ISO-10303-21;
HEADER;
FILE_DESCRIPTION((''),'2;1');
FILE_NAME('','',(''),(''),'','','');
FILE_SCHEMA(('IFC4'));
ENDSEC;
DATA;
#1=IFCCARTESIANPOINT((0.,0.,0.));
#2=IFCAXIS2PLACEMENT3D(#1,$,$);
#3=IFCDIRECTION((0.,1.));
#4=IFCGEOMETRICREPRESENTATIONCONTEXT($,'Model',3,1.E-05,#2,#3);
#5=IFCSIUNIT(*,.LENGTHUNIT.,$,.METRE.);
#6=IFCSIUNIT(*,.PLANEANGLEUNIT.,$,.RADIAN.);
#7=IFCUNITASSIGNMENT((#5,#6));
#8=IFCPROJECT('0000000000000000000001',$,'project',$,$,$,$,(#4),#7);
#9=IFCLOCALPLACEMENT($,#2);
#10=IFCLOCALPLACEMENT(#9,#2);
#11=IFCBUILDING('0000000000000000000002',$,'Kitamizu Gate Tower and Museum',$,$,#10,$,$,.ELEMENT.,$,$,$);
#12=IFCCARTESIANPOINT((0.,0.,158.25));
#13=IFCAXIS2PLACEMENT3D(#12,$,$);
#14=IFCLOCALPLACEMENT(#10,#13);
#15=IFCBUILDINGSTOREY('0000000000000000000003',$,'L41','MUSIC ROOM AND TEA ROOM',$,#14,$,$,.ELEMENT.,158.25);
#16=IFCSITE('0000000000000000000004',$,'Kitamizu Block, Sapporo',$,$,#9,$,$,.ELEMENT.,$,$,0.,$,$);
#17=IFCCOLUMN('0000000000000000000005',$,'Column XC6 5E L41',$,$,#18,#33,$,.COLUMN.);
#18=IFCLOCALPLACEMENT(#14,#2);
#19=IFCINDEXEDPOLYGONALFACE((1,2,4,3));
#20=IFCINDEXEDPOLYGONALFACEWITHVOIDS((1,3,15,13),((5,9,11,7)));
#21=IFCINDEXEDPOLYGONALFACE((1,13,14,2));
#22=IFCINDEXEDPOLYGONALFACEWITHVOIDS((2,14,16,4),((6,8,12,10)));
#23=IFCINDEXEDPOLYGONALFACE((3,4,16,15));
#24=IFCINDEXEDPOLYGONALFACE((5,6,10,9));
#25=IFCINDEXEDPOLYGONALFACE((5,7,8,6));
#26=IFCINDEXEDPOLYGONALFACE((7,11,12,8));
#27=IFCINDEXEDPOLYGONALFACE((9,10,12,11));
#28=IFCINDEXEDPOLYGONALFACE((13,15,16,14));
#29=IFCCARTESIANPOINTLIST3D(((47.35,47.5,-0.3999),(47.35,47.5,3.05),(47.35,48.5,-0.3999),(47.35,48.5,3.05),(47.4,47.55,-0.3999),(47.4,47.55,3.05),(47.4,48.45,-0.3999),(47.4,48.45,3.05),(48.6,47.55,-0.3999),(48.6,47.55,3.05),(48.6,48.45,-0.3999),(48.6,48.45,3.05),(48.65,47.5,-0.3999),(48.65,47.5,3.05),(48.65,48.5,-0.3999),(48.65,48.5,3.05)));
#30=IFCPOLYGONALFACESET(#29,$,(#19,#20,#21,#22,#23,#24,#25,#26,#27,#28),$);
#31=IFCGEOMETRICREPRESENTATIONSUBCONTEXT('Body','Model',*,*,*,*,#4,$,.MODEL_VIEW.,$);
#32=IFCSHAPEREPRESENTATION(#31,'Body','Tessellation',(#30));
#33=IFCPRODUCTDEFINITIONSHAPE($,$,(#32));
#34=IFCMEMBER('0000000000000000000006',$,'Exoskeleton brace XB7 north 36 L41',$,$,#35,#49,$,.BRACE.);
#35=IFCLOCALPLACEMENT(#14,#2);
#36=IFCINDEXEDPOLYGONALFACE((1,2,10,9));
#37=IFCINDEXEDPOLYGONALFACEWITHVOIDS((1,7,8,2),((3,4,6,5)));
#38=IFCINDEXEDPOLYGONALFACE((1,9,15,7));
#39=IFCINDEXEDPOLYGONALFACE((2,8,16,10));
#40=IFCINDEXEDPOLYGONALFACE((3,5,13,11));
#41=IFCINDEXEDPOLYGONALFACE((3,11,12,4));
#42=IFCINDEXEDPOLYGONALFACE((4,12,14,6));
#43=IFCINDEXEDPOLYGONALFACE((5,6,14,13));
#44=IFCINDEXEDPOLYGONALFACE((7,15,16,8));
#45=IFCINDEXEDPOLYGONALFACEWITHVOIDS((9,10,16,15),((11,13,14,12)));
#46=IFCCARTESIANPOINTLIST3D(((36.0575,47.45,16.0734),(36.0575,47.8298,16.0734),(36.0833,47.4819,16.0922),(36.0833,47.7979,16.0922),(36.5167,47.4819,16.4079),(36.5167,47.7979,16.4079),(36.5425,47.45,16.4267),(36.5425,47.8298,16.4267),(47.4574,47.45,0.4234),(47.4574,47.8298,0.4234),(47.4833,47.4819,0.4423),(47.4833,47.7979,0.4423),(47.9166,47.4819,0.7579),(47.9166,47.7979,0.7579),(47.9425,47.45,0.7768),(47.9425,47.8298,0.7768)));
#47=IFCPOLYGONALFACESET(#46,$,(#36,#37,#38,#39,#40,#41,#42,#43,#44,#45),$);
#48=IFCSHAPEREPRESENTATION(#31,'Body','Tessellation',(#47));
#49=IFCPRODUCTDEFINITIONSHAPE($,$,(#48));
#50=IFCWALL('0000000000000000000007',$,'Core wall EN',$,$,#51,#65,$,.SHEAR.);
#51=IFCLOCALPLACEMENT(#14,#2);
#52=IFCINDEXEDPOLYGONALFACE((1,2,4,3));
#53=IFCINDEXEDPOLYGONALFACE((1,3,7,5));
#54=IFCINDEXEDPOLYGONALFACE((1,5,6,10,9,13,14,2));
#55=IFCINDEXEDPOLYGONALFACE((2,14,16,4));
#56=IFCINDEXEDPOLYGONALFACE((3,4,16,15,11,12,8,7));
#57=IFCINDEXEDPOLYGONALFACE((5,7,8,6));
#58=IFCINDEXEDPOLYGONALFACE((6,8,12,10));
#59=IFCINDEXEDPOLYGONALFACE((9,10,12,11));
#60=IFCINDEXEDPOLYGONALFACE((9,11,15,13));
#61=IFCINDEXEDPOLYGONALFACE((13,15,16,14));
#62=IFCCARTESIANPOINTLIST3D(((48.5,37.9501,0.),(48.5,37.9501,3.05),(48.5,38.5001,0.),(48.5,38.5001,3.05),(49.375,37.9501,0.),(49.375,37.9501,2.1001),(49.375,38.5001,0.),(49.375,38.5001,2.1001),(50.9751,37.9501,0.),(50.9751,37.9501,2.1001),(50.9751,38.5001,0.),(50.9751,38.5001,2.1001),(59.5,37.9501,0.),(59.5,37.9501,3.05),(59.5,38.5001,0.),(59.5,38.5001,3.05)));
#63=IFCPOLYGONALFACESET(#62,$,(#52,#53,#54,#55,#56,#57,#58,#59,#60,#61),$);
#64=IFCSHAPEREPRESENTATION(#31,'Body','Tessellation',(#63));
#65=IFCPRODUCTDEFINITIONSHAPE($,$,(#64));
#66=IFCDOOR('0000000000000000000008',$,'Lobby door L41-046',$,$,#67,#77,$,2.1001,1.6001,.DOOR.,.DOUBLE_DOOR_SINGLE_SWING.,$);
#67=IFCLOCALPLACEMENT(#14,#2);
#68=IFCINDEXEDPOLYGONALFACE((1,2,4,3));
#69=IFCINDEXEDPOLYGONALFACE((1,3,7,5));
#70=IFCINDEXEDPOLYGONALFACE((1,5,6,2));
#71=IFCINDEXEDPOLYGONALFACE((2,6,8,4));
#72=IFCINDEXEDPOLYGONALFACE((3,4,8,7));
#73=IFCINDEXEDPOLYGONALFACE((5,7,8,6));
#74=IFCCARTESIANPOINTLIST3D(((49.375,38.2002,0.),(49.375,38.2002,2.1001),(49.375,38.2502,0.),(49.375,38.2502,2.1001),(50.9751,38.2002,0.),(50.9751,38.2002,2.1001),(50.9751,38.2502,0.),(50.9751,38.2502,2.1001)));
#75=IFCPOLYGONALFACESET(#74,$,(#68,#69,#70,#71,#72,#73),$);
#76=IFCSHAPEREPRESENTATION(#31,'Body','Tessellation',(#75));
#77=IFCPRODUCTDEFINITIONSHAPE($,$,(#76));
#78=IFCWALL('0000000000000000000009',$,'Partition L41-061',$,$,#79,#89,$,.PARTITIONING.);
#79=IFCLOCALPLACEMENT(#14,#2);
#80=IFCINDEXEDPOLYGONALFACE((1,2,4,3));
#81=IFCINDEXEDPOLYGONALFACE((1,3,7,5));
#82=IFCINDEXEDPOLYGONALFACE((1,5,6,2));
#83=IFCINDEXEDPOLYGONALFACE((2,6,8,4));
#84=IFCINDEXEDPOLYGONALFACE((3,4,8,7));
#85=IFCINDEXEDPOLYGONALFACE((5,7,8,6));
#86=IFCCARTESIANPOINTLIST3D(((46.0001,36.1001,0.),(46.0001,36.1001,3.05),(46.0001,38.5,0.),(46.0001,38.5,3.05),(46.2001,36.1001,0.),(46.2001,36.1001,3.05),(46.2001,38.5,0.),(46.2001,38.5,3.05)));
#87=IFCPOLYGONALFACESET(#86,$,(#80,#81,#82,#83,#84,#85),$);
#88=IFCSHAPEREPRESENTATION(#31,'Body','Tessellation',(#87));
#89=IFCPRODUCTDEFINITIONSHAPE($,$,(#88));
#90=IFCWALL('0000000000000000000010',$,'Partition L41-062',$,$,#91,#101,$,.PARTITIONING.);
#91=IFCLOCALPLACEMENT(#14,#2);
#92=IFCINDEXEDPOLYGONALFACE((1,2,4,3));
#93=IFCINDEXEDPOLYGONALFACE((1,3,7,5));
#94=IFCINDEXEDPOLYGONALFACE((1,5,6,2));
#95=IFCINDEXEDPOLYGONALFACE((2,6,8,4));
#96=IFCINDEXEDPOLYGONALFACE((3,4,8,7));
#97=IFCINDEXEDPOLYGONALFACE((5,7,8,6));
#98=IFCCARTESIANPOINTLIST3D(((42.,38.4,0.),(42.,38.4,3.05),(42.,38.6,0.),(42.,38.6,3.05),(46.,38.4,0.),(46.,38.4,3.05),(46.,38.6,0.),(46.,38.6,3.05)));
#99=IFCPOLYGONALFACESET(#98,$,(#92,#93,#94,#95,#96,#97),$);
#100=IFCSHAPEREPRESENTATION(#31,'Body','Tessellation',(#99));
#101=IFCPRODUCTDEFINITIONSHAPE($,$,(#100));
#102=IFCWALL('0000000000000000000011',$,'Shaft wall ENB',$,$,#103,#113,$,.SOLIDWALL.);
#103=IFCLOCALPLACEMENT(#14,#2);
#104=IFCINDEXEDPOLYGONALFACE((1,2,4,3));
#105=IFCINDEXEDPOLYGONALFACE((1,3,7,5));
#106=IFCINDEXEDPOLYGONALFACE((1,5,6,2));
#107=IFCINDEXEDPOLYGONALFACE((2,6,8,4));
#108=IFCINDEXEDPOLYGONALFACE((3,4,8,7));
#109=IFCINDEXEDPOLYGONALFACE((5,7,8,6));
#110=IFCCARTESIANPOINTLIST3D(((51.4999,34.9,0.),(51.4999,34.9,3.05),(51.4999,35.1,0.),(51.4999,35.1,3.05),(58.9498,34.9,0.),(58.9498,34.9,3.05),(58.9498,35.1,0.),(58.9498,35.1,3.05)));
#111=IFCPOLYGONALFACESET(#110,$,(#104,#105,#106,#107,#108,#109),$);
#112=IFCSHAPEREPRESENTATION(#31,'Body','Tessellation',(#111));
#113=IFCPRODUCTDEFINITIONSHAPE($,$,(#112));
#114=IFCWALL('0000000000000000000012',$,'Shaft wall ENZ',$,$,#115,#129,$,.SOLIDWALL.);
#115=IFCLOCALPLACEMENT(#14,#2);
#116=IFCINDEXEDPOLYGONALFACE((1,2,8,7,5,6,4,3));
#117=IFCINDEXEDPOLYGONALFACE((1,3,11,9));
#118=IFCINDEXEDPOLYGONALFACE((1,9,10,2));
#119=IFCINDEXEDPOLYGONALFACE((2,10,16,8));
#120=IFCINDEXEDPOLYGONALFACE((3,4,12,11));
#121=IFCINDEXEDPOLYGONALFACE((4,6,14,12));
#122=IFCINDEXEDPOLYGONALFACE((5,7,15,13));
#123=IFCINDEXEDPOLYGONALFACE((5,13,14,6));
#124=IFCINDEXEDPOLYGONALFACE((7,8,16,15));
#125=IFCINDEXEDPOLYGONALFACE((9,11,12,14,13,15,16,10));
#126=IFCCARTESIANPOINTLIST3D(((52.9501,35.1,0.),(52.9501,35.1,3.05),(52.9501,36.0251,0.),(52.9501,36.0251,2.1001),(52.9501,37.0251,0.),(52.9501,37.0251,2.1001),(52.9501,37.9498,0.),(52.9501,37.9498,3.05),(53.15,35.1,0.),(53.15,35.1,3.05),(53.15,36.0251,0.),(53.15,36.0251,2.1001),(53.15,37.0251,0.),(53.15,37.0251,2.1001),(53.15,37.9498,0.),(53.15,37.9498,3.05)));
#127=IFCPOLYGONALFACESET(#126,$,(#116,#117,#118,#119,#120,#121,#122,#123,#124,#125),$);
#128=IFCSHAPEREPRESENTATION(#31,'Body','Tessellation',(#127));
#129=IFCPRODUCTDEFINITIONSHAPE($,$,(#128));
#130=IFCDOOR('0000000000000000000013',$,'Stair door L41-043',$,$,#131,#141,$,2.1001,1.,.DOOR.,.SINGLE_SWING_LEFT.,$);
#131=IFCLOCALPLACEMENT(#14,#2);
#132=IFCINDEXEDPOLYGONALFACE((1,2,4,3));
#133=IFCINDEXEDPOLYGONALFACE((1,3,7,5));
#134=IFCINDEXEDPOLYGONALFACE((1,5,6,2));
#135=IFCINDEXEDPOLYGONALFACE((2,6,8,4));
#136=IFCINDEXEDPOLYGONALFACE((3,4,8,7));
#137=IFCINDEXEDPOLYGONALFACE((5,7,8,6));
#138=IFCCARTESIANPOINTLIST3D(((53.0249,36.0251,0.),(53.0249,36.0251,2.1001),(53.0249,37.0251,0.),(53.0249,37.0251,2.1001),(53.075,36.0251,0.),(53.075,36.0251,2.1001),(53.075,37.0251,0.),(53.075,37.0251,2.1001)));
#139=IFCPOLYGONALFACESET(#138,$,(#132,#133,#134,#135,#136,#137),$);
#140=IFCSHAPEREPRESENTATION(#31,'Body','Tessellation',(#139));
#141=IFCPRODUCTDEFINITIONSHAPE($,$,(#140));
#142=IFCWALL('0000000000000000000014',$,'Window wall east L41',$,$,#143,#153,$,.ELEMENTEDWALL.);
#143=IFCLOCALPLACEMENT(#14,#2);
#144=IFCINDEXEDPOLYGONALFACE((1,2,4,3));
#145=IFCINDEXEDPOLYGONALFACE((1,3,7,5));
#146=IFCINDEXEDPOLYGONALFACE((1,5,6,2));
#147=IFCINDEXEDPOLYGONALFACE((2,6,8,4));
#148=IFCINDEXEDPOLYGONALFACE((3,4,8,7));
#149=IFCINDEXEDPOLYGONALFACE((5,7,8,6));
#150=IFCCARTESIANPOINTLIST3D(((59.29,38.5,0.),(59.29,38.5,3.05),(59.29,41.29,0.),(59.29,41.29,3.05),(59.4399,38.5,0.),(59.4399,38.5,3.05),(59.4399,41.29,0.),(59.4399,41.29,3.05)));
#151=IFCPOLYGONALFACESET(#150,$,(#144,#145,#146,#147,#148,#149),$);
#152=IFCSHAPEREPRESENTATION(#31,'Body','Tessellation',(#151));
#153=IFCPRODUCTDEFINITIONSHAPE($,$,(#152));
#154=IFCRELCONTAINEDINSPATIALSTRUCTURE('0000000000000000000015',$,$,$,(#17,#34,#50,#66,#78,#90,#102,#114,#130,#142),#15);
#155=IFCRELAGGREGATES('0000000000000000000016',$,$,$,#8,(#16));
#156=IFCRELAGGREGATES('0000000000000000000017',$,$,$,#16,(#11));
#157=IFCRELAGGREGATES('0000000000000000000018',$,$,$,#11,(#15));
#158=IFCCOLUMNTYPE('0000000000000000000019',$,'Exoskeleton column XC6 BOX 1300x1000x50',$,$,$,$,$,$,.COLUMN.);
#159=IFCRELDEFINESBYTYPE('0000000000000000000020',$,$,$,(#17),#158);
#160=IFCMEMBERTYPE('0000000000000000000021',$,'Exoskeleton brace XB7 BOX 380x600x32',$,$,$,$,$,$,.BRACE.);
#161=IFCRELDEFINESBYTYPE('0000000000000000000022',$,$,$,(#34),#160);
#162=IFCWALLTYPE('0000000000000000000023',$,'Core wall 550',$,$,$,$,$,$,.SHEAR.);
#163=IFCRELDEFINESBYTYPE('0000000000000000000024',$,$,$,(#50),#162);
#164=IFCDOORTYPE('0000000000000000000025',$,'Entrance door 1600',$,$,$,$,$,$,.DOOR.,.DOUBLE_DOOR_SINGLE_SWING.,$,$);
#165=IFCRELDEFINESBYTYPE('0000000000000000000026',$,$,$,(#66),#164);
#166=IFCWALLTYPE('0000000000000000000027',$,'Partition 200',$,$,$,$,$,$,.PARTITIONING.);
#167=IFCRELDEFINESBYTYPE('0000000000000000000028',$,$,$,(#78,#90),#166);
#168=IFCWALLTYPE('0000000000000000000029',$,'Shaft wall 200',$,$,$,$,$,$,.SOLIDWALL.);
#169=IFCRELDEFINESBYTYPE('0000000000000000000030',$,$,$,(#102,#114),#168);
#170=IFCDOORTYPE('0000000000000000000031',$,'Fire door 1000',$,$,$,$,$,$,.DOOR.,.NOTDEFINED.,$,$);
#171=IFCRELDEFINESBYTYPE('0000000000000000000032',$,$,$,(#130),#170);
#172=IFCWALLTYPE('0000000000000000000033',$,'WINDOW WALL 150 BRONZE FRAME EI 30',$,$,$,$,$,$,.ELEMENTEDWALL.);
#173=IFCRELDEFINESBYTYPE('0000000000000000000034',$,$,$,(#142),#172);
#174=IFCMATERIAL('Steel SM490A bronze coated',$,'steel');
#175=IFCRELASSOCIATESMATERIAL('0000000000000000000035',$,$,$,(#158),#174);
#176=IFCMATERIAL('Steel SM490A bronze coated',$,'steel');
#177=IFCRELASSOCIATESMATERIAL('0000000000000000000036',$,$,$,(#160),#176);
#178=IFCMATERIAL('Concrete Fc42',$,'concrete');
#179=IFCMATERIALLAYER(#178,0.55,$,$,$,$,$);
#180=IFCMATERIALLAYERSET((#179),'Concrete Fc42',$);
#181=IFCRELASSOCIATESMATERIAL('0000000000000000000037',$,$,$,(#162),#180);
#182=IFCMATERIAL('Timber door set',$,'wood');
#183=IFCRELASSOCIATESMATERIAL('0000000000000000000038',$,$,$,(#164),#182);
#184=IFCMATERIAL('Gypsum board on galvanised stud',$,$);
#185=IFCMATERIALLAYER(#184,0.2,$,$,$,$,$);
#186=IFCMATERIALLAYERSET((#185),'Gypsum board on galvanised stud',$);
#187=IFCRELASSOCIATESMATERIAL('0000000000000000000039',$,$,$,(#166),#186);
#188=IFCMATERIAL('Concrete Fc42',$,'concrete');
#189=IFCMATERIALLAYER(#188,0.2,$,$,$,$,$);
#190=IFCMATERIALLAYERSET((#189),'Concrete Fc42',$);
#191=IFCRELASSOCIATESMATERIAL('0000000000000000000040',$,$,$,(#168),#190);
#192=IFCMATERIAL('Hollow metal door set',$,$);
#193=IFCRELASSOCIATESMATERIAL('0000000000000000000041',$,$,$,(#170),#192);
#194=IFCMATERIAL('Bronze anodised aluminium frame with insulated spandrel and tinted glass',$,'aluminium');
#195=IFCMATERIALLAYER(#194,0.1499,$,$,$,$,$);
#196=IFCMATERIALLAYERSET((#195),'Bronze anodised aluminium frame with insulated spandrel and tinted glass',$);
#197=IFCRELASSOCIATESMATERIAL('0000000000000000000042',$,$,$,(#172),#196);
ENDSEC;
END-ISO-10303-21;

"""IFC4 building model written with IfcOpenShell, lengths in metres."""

from ifc_helpers import new_model, si_unit, direction, frame, frame_2d, origin, origin_2d, place, context, subcontext, project, spatial, rectangle, hollow_rectangle, extrude, material, layer, layer_set, material_profile, profile_set, type_object, element, fill, save


model = new_model("IFC4")

# Units and contexts
model_context = context("Model", 3, precision=1e-05, world=origin(), true_north=direction((0.0, 1.0)))
body_context = subcontext(model_context, "Body", "Model", "MODEL_VIEW")
ifc_project = project(units=[si_unit("LENGTHUNIT", "METRE"), si_unit("PLANEANGLEUNIT", "RADIAN")], contexts=[model_context])

# Site, building, storey
site_placement = place(None, origin())
site = spatial("IfcSite", under=ifc_project, at=site_placement, Name="Kitamizu Block, Sapporo", CompositionType="ELEMENT", RefElevation=0.0)
building_placement = place(site_placement, origin())
building = spatial("IfcBuilding", under=site, at=building_placement, Name="Kitamizu Gate Tower and Museum", CompositionType="ELEMENT")
storey_placement = place(building_placement, frame((0.0, 0.0, 158.25)))
storey = spatial("IfcBuildingStorey", under=building, at=storey_placement, Name="L41", Description="MUSIC ROOM AND TEA ROOM", CompositionType="ELEMENT", Elevation=158.25)

# Column
ifc_material_1 = material(Name="Steel SM490A bronze coated", Category="steel")
ifc_material_profile_1 = material_profile(ifc_material_1, hollow_rectangle(XDim=1.3, YDim=1.0, WallThickness=0.05, at=origin_2d()), Name="BOX 1300x1000x50")
ifc_profile_set_1 = profile_set([ifc_material_profile_1], Name="Steel SM490A bronze coated")
column_type = type_object("IfcColumnType", Name="Exoskeleton column XC6 BOX 1300x1000x50", PredefinedType="COLUMN", material=ifc_profile_set_1)
column_placement = place(storey_placement, frame((48.0, 48.0, -0.3999), z_axis=(0.0, 0.0, 1.0), x_axis=(1.0, 0.0, 0.0)))
element("IfcColumn", 1, at=column_placement, inside=storey, type_object=column_type, Name="Column XC6 5E L41", PredefinedType="COLUMN", context=body_context, shape_type="SweptSolid", body=[
    extrude(hollow_rectangle(XDim=1.3, YDim=1.0, WallThickness=0.05, at=origin_2d()), origin(), (0.0, 0.0, 1.0), 3.45),
])

# Member
ifc_material_2 = material(Name="Steel SM490A bronze coated", Category="steel")
ifc_material_profile_2 = material_profile(ifc_material_2, hollow_rectangle(XDim=0.3799, YDim=0.6001, WallThickness=0.032, at=origin_2d()), Name="BOX 380x600x32")
ifc_profile_set_2 = profile_set([ifc_material_profile_2], Name="Steel SM490A bronze coated")
member_type = type_object("IfcMemberType", Name="Exoskeleton brace XB7 BOX 380x600x32", PredefinedType="BRACE", material=ifc_profile_set_2)
member_placement = place(storey_placement, frame((47.7, 47.6399, 0.6001), z_axis=(-0.588785, 0.0, 0.80829), x_axis=(0.0, -1.0, 0.0)))
element("IfcMember", 2, at=member_placement, inside=storey, type_object=member_type, Name="Exoskeleton brace XB7 north 36 L41", PredefinedType="BRACE", context=body_context, shape_type="SweptSolid", body=[
    extrude(hollow_rectangle(XDim=0.3799, YDim=0.6001, WallThickness=0.032, at=origin_2d()), origin(), (0.0, 0.0, 1.0), 19.3618),
])

# Wall, opening, door
ifc_material_3 = material(Name="Concrete Fc42", Category="concrete")
ifc_layer_1 = layer(ifc_material_3, 0.55)
ifc_layer_set_1 = layer_set([ifc_layer_1], Name="Concrete Fc42")
wall_type_1 = type_object("IfcWallType", Name="Core wall 550", PredefinedType="SHEAR", material=ifc_layer_set_1)
wall_1_placement = place(storey_placement, frame((59.5, 38.2251, 0.0), z_axis=(0.0, 0.0, 1.0), x_axis=(-1.0, 0.0, 0.0)))
wall_1 = element("IfcWall", 3, at=wall_1_placement, inside=storey, type_object=wall_type_1, Name="Core wall EN", PredefinedType="SHEAR", context=body_context, shape_type="SweptSolid", body=[
    extrude(rectangle(XDim=11.0, YDim=0.55, at=frame_2d((5.5, 0.0))), origin(), (0.0, 0.0, 1.0), 3.05),
])
opening_1_placement = place(wall_1_placement, frame((8.5249, 0.0, 0.0)))
opening_1 = element("IfcOpeningElement", 4, at=opening_1_placement, cuts=wall_1, PredefinedType="OPENING", context=body_context, shape_type="SweptSolid", body=[
    extrude(rectangle(XDim=1.6001, YDim=2.1001, at=frame_2d((0.8, 1.05))), frame((0.0, 0.2852, 0.0), z_axis=(0.0, -1.0, 0.0), x_axis=(1.0, 0.0, 0.0)), (0.0, 0.0, 1.0), 0.5701),
])
ifc_material_4 = material(Name="Timber door set", Category="wood")
door_type_1 = type_object("IfcDoorType", Name="Entrance door 1600", OperationType="DOUBLE_DOOR_SINGLE_SWING", PredefinedType="DOOR", material=ifc_material_4)
door_1_placement = place(opening_1_placement, origin())
door_1 = element("IfcDoor", 5, at=door_1_placement, inside=storey, type_object=door_type_1, Name="Lobby door L41-046", OperationType="DOUBLE_DOOR_SINGLE_SWING", OverallHeight=2.1001, OverallWidth=1.6001, PredefinedType="DOOR", context=body_context, shape_type="SweptSolid", body=[
    extrude(rectangle(XDim=1.6001, YDim=2.1001, at=frame_2d((0.8, 1.05))), frame((0.0, 0.0249, 0.0), z_axis=(0.0, -1.0, 0.0), x_axis=(1.0, 0.0, 0.0)), (0.0, 0.0, 1.0), 0.05),
])
fill(opening_1, door_1)

# Walls
ifc_material_5 = material(Name="Gypsum board on galvanised stud")
ifc_layer_2 = layer(ifc_material_5, 0.2)
ifc_layer_set_2 = layer_set([ifc_layer_2], Name="Gypsum board on galvanised stud")
wall_type_2 = type_object("IfcWallType", Name="Partition 200", PredefinedType="PARTITIONING", material=ifc_layer_set_2)
wall_2_placement = place(storey_placement, frame((46.1001, 36.1001, 0.0), z_axis=(0.0, 0.0, 1.0), x_axis=(0.0, 1.0, 0.0)))
element("IfcWall", 6, at=wall_2_placement, inside=storey, type_object=wall_type_2, Name="Partition L41-061", PredefinedType="PARTITIONING", context=body_context, shape_type="SweptSolid", body=[
    extrude(rectangle(XDim=2.3999, YDim=0.2, at=frame_2d((1.2, 0.0))), origin(), (0.0, 0.0, 1.0), 3.05),
])
wall_3_placement = place(storey_placement, frame((46.0, 38.5, 0.0), z_axis=(0.0, 0.0, 1.0), x_axis=(-1.0, 0.0, 0.0)))
element("IfcWall", 7, at=wall_3_placement, inside=storey, type_object=wall_type_2, Name="Partition L41-062", PredefinedType="PARTITIONING", context=body_context, shape_type="SweptSolid", body=[
    extrude(rectangle(XDim=4.0, YDim=0.2, at=frame_2d((2.0, 0.0))), origin(), (0.0, 0.0, 1.0), 3.05),
])
ifc_material_6 = material(Name="Concrete Fc42", Category="concrete")
ifc_layer_3 = layer(ifc_material_6, 0.2)
ifc_layer_set_3 = layer_set([ifc_layer_3], Name="Concrete Fc42")
wall_type_3 = type_object("IfcWallType", Name="Shaft wall 200", PredefinedType="SOLIDWALL", material=ifc_layer_set_3)
wall_4_placement = place(storey_placement, frame((58.95, 35.0, 0.0), z_axis=(0.0, 0.0, 1.0), x_axis=(-1.0, 0.0, 0.0)))
element("IfcWall", 8, at=wall_4_placement, inside=storey, type_object=wall_type_3, Name="Shaft wall ENB", PredefinedType="SOLIDWALL", context=body_context, shape_type="SweptSolid", body=[
    extrude(rectangle(XDim=7.45, YDim=0.2, at=frame_2d((3.7251, 0.0))), origin(), (0.0, 0.0, 1.0), 3.05),
])

# Wall, opening, door
wall_5_placement = place(storey_placement, frame((53.05, 35.1001, 0.0), z_axis=(0.0, 0.0, 1.0), x_axis=(0.0, 1.0, 0.0)))
wall_5 = element("IfcWall", 9, at=wall_5_placement, inside=storey, type_object=wall_type_3, Name="Shaft wall ENZ", PredefinedType="SOLIDWALL", context=body_context, shape_type="SweptSolid", body=[
    extrude(rectangle(XDim=2.8499, YDim=0.2, at=frame_2d((1.4248, 0.0))), origin(), (0.0, 0.0, 1.0), 3.05),
])
opening_2_placement = place(wall_5_placement, frame((0.925, 0.0, 0.0)))
opening_2 = element("IfcOpeningElement", 10, at=opening_2_placement, cuts=wall_5, PredefinedType="OPENING", context=body_context, shape_type="SweptSolid", body=[
    extrude(rectangle(XDim=1.0, YDim=2.1001, at=frame_2d((0.5, 1.05))), frame((0.0, 0.1099, 0.0), z_axis=(0.0, -1.0, 0.0), x_axis=(1.0, 0.0, 0.0)), (0.0, 0.0, 1.0), 0.22),
])
ifc_material_7 = material(Name="Hollow metal door set")
door_type_2 = type_object("IfcDoorType", Name="Fire door 1000", OperationType="NOTDEFINED", PredefinedType="DOOR", material=ifc_material_7)
door_2_placement = place(opening_2_placement, frame((1.0, 0.0, 0.0), x_axis=(-1.0, 0.0, 0.0)))
door_2 = element("IfcDoor", 11, at=door_2_placement, inside=storey, type_object=door_type_2, Name="Stair door L41-043", OperationType="SINGLE_SWING_LEFT", OverallHeight=2.1001, OverallWidth=1.0, PredefinedType="DOOR", context=body_context, shape_type="SweptSolid", body=[
    extrude(rectangle(XDim=1.0, YDim=2.1001, at=frame_2d((0.5, 1.05))), frame((0.0, 0.0249, 0.0), z_axis=(0.0, -1.0, 0.0), x_axis=(1.0, 0.0, 0.0)), (0.0, 0.0, 1.0), 0.05),
])
fill(opening_2, door_2)

# Wall
ifc_material_8 = material(Name="Bronze anodised aluminium frame with insulated spandrel and tinted glass", Category="aluminium")
ifc_layer_4 = layer(ifc_material_8, 0.1499)
ifc_layer_set_4 = layer_set([ifc_layer_4], Name="Bronze anodised aluminium frame with insulated spandrel and tinted glass")
wall_type_4 = type_object("IfcWallType", Name="WINDOW WALL 150 BRONZE FRAME EI 30", PredefinedType="ELEMENTEDWALL", material=ifc_layer_set_4)
wall_6_placement = place(storey_placement, frame((59.365, 38.5, 0.0), z_axis=(0.0, 0.0, 1.0), x_axis=(0.0, 1.0, 0.0)))
element("IfcWall", 12, at=wall_6_placement, inside=storey, type_object=wall_type_4, Name="Window wall east L41", PredefinedType="ELEMENTEDWALL", context=body_context, shape_type="SweptSolid", body=[
    extrude(rectangle(XDim=2.79, YDim=0.1499, at=frame_2d((1.395, 0.0))), origin(), (0.0, 0.0, 1.0), 3.05),
])

save(model, "model.ifc")
